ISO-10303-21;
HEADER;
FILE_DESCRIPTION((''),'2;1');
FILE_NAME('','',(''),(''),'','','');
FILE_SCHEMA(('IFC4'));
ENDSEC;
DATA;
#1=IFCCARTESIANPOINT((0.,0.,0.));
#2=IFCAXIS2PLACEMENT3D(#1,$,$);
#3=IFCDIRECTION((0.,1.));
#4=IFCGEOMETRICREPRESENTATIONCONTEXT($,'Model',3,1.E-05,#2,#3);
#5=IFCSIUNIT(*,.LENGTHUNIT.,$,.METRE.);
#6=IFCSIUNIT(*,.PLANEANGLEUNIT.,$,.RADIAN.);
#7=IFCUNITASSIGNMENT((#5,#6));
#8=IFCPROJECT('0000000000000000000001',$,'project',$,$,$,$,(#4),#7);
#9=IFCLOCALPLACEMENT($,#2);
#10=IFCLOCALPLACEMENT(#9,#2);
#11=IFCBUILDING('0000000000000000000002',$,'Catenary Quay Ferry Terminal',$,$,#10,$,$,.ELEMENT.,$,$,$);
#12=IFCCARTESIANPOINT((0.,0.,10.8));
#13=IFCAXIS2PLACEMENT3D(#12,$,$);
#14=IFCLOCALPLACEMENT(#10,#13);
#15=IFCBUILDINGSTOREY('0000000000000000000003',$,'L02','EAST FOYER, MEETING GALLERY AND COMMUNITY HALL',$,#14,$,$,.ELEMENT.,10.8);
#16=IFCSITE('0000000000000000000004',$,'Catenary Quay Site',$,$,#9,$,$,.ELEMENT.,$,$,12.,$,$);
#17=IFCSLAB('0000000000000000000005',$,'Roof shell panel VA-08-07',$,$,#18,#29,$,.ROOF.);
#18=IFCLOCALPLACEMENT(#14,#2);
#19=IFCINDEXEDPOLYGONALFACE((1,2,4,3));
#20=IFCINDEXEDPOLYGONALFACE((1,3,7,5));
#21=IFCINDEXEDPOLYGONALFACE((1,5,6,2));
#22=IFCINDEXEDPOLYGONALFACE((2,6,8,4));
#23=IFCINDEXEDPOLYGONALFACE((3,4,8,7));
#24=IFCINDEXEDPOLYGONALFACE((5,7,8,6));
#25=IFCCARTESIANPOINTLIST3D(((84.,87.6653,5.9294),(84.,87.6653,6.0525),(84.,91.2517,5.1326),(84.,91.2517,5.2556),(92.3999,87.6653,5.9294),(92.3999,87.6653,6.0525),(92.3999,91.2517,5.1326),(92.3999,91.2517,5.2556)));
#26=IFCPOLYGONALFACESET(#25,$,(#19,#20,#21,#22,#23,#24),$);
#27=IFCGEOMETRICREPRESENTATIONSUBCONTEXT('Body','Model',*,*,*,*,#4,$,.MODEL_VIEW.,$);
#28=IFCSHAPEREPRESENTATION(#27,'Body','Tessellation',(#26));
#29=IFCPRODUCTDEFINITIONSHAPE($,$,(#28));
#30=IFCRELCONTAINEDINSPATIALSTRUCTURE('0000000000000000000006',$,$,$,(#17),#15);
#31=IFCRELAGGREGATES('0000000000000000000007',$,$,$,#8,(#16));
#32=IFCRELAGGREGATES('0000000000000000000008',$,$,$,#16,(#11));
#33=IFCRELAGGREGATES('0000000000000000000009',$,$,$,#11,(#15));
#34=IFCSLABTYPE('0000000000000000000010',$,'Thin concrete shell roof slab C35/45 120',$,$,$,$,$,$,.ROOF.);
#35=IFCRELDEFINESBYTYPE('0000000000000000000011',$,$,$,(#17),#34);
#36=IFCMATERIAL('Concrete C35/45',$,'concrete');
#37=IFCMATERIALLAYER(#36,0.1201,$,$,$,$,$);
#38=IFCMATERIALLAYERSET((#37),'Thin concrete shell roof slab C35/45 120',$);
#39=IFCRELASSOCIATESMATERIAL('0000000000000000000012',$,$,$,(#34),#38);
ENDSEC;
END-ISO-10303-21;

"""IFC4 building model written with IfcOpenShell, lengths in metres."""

from ifc_helpers import new_model, si_unit, direction, frame, origin, place, context, subcontext, project, spatial, polyline, outline, extrude, material, layer, layer_set, type_object, element, save


model = new_model("IFC4")

# Units and contexts
model_context = context("Model", 3, precision=1e-05, world=origin(), true_north=direction((0.0, 1.0)))
body_context = subcontext(model_context, "Body", "Model", "MODEL_VIEW")
ifc_project = project(units=[si_unit("LENGTHUNIT", "METRE"), si_unit("PLANEANGLEUNIT", "RADIAN")], contexts=[model_context])

# Site, building, storey
site_placement = place(None, origin())
site = spatial("IfcSite", under=ifc_project, at=site_placement, Name="Catenary Quay Site", CompositionType="ELEMENT", RefElevation=12.0)
building_placement = place(site_placement, origin())
building = spatial("IfcBuilding", under=site, at=building_placement, Name="Catenary Quay Ferry Terminal", CompositionType="ELEMENT")
storey_placement = place(building_placement, frame((0.0, 0.0, 10.8)))
storey = spatial("IfcBuildingStorey", under=building, at=storey_placement, Name="L02", Description="EAST FOYER, MEETING GALLERY AND COMMUNITY HALL", CompositionType="ELEMENT", Elevation=10.8)

# Slab
ifc_material_1 = material(Name="Concrete C35/45", Category="concrete")
ifc_layer_1 = layer(ifc_material_1, 0.1201)
ifc_layer_set_1 = layer_set([ifc_layer_1], Name="Thin concrete shell roof slab C35/45 120")
slab_type = type_object("IfcSlabType", Name="Thin concrete shell roof slab C35/45 120", PredefinedType="ROOF", material=ifc_layer_set_1)
slab_1_placement = place(storey_placement, frame((84.0, 87.6653, 6.0525), z_axis=(0.0, 0.216902, 0.976193), x_axis=(1.0, 0.0, 0.0)))
element("IfcSlab", 1, at=slab_1_placement, inside=storey, type_object=slab_type, Name="Roof shell panel VA-08-07", PredefinedType="ROOF", context=body_context, shape_type="SweptSolid", body=[
    extrude(outline(polyline([(0.0, 0.0), (8.3999, 0.0), (8.3999, 3.6739), (0.0, 3.6739), (0.0, 0.0)])), origin(), (0.0, 0.216902, -0.976193), 0.123),
])

save(model, "model.ifc")
